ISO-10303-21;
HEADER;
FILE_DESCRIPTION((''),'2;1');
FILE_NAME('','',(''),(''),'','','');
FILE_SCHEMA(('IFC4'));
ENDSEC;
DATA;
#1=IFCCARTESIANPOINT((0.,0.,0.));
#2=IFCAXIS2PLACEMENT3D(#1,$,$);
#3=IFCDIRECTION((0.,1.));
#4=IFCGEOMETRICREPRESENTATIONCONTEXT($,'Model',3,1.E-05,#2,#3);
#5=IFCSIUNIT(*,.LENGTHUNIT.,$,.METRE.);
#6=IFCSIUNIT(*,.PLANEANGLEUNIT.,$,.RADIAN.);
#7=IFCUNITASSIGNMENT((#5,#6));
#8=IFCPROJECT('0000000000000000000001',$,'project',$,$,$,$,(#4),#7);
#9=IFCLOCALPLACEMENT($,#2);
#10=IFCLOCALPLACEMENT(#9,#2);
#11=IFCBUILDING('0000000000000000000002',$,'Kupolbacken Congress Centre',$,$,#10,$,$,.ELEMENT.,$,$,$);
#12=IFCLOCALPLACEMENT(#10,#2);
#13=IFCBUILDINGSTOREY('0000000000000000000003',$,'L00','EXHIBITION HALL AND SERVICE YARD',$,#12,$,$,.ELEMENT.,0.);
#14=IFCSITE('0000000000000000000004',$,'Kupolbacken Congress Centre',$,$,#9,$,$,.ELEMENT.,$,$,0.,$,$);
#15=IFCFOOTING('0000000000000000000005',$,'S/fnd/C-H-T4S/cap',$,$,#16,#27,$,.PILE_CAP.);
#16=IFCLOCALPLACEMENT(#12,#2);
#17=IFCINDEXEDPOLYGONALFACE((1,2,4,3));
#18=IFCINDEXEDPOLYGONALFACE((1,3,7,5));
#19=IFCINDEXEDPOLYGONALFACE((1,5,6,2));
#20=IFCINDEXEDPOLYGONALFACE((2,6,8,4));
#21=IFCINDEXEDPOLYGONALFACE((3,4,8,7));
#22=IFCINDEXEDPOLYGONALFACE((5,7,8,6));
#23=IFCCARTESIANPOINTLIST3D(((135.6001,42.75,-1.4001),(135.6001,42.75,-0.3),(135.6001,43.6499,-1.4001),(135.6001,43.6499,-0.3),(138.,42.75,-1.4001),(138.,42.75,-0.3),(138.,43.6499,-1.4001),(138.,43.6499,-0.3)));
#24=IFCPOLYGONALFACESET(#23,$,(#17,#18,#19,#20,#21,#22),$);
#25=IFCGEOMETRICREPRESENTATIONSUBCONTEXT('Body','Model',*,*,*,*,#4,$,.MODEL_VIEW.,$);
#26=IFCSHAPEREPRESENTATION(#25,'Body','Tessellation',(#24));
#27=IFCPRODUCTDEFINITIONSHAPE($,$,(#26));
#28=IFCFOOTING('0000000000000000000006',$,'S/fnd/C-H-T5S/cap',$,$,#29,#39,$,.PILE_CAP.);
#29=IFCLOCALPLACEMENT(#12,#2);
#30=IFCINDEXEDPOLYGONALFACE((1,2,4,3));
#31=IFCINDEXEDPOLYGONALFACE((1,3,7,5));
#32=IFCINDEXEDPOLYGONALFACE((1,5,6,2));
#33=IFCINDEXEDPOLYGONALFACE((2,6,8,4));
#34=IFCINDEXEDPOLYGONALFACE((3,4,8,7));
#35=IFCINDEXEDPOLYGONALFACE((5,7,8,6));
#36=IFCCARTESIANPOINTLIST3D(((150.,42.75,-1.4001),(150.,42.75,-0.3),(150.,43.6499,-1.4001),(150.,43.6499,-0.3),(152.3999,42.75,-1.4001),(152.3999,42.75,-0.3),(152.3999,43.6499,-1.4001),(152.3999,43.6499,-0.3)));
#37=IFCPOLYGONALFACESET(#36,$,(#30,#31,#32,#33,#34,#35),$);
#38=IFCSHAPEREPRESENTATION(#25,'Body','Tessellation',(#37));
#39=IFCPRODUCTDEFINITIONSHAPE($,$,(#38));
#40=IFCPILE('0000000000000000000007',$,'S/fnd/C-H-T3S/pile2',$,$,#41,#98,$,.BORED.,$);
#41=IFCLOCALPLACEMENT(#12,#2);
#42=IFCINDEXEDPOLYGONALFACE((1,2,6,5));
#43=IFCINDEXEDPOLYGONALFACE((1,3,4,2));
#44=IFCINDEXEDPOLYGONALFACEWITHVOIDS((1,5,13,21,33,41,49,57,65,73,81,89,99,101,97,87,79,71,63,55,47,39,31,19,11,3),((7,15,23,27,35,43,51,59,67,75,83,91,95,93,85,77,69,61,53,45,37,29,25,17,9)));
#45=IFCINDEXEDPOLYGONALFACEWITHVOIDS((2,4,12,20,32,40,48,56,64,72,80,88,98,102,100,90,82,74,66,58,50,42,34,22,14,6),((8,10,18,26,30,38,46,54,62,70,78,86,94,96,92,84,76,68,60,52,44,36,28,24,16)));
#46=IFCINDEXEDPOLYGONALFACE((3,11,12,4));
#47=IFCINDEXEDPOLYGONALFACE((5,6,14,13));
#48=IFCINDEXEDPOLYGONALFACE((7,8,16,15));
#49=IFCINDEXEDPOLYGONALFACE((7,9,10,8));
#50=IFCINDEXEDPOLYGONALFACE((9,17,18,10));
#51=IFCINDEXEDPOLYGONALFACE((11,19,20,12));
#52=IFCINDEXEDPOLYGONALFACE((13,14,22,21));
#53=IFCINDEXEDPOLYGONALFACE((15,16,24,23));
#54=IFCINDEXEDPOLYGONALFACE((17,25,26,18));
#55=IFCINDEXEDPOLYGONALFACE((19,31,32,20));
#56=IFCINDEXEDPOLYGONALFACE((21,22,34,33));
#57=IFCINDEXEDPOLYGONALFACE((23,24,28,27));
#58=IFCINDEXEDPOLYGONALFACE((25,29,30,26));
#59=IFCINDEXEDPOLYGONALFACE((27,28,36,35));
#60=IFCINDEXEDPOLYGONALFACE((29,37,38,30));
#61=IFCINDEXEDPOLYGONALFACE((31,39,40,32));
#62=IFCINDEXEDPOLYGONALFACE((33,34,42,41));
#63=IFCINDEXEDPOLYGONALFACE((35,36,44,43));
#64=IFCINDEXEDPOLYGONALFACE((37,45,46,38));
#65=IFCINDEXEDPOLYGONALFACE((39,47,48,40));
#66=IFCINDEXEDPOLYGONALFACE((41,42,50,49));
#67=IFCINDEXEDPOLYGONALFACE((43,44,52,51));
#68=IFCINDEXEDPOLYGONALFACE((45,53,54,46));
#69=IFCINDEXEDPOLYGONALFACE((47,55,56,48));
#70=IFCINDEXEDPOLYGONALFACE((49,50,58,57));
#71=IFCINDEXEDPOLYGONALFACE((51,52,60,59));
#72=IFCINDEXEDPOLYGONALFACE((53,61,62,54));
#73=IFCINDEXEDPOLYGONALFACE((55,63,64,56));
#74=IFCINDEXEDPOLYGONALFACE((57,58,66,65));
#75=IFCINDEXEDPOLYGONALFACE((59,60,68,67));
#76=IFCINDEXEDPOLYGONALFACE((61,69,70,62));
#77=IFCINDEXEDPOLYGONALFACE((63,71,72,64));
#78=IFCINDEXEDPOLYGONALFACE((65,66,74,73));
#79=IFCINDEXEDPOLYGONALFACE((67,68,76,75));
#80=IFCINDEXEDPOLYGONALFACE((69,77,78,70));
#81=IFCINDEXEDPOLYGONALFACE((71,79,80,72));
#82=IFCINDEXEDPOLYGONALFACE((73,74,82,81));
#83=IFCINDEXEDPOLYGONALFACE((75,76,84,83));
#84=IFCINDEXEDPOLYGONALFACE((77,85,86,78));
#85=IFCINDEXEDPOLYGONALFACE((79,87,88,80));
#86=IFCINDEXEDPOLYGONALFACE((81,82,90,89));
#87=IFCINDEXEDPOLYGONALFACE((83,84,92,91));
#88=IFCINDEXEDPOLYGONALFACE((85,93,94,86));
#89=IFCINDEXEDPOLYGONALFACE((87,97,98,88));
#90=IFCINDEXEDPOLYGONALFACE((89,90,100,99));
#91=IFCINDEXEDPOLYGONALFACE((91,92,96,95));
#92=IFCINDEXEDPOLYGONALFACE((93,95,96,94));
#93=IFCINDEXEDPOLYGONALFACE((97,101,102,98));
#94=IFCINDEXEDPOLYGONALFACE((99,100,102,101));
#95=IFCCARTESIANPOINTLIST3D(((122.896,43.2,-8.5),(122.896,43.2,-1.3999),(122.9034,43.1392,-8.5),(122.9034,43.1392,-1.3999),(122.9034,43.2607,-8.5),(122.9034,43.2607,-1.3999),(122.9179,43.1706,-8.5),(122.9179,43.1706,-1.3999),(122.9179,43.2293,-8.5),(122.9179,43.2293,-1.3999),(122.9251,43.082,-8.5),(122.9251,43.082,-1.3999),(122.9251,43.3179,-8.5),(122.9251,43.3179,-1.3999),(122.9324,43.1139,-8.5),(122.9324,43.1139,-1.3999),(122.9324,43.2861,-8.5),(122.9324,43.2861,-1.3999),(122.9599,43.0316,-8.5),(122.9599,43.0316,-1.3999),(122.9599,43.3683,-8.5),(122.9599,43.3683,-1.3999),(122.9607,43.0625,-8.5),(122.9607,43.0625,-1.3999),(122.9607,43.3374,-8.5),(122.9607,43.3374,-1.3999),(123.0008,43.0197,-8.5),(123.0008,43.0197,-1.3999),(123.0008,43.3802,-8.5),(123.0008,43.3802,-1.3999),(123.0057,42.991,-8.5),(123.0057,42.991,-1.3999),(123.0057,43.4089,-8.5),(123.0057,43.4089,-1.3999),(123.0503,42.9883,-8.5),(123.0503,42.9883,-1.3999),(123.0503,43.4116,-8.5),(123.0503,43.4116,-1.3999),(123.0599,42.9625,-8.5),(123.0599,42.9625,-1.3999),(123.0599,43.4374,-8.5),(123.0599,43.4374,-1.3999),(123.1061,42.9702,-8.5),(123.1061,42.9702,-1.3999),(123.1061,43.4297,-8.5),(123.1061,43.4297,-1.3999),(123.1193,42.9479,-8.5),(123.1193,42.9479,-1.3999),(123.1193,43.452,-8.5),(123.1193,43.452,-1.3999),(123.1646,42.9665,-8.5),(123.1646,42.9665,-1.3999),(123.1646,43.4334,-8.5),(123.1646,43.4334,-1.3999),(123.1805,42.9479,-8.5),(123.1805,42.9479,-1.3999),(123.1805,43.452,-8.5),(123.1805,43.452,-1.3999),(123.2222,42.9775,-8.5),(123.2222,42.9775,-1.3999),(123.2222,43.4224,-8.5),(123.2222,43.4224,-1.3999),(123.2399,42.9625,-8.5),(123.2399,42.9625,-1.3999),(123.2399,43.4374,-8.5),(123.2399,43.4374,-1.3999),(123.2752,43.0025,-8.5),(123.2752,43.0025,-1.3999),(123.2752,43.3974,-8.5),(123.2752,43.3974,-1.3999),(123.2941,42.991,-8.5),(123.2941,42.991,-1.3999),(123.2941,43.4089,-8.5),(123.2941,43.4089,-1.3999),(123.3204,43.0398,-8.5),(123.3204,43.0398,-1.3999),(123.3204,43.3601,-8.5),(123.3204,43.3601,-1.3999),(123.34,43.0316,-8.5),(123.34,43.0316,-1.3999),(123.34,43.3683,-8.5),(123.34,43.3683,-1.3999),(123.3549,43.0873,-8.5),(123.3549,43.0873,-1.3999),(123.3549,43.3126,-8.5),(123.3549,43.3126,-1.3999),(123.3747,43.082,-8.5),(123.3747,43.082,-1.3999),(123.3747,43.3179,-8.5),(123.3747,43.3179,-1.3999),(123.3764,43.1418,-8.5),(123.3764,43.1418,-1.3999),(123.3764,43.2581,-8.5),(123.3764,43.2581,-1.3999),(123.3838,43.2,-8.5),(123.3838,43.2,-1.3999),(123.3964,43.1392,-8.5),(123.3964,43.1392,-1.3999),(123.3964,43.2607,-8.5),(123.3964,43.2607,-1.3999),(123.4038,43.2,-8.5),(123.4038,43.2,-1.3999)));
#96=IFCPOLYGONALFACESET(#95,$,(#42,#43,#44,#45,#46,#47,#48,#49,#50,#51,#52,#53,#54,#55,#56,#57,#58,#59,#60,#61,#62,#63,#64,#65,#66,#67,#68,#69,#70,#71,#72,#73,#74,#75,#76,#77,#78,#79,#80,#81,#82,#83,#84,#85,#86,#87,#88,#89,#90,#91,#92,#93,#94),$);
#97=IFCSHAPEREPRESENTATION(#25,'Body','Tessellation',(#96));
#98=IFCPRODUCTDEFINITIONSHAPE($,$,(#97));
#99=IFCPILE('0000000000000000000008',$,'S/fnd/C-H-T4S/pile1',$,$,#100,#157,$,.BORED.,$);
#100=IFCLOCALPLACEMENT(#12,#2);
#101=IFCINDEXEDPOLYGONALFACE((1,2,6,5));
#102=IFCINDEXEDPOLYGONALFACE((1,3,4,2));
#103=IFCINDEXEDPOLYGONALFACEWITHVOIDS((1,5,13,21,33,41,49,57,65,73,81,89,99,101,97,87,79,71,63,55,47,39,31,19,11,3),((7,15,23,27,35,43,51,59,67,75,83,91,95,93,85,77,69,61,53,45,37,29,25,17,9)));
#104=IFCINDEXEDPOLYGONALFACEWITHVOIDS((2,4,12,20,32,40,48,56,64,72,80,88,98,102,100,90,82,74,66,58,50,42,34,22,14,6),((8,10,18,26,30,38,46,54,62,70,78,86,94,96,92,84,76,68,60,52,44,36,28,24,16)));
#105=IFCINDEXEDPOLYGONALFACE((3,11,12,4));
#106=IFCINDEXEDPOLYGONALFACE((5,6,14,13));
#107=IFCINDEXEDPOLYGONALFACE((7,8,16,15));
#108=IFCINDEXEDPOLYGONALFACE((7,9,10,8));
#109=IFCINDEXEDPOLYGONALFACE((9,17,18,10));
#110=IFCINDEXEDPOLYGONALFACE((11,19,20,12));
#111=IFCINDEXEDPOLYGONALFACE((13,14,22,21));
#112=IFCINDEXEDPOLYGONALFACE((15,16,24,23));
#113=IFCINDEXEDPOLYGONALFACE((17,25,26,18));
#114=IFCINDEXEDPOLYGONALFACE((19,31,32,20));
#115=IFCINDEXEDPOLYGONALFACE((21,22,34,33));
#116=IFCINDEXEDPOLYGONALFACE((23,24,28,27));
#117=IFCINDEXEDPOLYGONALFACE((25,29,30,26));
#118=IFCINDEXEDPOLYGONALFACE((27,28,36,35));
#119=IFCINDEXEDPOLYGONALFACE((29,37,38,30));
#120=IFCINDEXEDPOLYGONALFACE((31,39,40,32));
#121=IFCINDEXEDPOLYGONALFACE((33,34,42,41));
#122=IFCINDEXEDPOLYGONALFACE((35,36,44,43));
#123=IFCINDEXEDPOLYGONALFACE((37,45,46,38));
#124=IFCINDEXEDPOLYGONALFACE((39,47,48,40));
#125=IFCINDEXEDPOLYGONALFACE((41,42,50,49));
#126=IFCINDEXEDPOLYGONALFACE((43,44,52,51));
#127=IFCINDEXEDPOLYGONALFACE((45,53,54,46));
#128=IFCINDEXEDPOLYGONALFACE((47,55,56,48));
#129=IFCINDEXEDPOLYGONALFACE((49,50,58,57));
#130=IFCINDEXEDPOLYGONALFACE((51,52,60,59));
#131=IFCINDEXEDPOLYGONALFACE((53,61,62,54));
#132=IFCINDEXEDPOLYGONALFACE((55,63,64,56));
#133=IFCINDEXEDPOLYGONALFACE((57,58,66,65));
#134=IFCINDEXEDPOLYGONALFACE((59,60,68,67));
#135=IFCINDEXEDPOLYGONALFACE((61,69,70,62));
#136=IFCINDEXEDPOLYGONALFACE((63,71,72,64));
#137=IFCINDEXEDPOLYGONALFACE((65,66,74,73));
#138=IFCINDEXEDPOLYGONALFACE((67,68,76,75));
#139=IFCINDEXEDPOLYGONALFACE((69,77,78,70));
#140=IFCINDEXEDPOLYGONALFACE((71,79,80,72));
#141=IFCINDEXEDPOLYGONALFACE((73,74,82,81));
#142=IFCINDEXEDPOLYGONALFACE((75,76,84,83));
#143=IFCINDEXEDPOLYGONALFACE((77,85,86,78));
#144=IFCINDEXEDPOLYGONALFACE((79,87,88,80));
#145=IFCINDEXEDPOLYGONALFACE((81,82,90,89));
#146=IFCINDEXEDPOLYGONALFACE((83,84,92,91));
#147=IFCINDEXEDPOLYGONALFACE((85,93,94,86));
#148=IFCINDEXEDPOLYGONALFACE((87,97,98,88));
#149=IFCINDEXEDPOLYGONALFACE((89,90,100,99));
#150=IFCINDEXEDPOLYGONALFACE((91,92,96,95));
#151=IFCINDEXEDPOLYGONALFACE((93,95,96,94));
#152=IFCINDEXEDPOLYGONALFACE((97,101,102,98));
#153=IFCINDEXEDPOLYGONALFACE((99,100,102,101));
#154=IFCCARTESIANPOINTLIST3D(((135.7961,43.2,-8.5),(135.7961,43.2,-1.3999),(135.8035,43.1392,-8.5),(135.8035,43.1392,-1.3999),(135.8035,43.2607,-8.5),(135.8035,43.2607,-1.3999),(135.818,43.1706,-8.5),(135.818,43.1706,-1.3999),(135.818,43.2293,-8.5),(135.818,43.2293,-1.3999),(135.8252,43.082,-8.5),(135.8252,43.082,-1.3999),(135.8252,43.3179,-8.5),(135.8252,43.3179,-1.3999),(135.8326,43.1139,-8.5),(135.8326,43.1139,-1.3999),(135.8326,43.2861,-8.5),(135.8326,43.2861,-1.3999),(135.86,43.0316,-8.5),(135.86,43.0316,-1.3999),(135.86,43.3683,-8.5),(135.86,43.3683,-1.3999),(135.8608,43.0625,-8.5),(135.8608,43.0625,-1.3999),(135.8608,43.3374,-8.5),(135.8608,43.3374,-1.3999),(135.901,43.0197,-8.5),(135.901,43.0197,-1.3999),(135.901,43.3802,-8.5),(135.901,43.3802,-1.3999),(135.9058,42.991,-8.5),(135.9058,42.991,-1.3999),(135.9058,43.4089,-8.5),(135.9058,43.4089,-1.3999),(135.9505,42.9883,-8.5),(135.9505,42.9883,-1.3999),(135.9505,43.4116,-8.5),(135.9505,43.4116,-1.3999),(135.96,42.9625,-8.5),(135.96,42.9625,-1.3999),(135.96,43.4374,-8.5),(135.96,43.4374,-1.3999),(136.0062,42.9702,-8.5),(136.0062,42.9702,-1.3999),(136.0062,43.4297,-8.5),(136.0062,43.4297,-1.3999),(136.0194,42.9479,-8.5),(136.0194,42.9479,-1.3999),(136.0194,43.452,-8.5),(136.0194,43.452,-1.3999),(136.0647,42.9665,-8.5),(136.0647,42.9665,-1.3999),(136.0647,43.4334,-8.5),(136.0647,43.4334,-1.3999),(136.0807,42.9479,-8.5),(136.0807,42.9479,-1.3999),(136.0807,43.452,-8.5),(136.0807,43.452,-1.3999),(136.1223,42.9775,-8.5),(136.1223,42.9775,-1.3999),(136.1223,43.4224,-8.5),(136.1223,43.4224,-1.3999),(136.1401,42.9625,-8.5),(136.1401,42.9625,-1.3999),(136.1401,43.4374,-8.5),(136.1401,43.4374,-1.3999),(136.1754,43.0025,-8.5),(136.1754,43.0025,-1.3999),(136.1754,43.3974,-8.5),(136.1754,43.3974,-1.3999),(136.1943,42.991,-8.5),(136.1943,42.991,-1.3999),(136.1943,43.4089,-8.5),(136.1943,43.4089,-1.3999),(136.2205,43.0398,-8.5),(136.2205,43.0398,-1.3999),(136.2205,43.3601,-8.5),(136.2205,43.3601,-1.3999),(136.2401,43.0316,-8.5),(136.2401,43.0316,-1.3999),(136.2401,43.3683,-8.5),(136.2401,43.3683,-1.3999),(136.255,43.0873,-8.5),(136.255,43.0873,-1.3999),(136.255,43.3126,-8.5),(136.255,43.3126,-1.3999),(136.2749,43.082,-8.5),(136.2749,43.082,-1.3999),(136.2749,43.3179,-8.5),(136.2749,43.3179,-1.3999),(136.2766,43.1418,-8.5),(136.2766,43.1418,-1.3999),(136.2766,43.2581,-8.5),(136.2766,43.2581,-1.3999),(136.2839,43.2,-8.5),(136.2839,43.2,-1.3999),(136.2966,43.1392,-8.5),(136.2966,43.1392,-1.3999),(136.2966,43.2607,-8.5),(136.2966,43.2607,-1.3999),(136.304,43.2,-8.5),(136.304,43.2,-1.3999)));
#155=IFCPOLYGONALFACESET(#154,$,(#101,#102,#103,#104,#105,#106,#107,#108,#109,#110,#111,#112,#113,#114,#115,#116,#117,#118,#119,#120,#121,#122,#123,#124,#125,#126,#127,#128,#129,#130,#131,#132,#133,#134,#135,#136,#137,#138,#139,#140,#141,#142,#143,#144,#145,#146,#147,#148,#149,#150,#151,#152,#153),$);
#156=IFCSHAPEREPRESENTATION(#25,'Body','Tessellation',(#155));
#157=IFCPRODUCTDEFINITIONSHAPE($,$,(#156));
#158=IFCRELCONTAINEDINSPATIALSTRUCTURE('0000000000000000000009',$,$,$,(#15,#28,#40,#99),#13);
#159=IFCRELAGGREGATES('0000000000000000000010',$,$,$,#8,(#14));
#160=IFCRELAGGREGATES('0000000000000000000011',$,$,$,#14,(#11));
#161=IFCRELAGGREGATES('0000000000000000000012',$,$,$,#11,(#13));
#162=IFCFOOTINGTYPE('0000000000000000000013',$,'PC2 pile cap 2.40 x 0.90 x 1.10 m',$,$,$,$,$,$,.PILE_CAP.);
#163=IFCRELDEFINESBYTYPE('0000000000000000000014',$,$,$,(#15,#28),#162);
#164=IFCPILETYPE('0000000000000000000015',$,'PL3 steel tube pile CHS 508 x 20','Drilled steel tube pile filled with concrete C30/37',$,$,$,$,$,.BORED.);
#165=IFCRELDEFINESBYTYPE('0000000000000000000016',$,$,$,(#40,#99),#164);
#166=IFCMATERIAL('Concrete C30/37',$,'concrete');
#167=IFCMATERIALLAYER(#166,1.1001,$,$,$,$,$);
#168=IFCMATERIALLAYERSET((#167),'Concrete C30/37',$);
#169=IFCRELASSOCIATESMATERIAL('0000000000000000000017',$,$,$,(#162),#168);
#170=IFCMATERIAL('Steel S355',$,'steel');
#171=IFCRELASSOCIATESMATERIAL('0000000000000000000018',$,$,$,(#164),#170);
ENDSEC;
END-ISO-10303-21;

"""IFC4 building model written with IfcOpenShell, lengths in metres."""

from ifc_helpers import new_model, si_unit, direction, frame, origin, origin_2d, place, context, subcontext, project, spatial, rectangle, hollow_circle, extrude, material, layer, layer_set, material_profile, profile_set, type_object, element, save


model = new_model("IFC4")

# Units and contexts
model_context = context("Model", 3, precision=1e-05, world=origin(), true_north=direction((0.0, 1.0)))
body_context = subcontext(model_context, "Body", "Model", "MODEL_VIEW")
ifc_project = project(units=[si_unit("LENGTHUNIT", "METRE"), si_unit("PLANEANGLEUNIT", "RADIAN")], contexts=[model_context])

# Site, building, storey
site_placement = place(None, origin())
site = spatial("IfcSite", under=ifc_project, at=site_placement, Name="Kupolbacken Congress Centre", CompositionType="ELEMENT", RefElevation=0.0)
building_placement = place(site_placement, origin())
building = spatial("IfcBuilding", under=site, at=building_placement, Name="Kupolbacken Congress Centre", CompositionType="ELEMENT")
storey_placement = place(building_placement, origin())
storey = spatial("IfcBuildingStorey", under=building, at=storey_placement, Name="L00", Description="EXHIBITION HALL AND SERVICE YARD", CompositionType="ELEMENT", Elevation=0.0)

# Footings
ifc_material_1 = material(Name="Concrete C30/37", Category="concrete")
ifc_layer_1 = layer(ifc_material_1, 1.1001)
ifc_layer_set_1 = layer_set([ifc_layer_1], Name="Concrete C30/37")
footing_type = type_object("IfcFootingType", Name="PC2 pile cap 2.40 x 0.90 x 1.10 m", PredefinedType="PILE_CAP", material=ifc_layer_set_1)
for number, where, z_axis, x_axis, name in (
    (1, (136.8, 43.2, -1.4001), (0.0, 0.0, 1.0), (1.0, 0.0, 0.0), "S/fnd/C-H-T4S/cap"),
    (2, (151.2, 43.2, -1.4001), (0.0, 0.0, 1.0), (1.0, 0.0, 0.0), "S/fnd/C-H-T5S/cap"),
):
    element("IfcFooting", number, at=place(storey_placement, frame(where, z_axis=z_axis, x_axis=x_axis)), inside=storey, type_object=footing_type, Name=name, PredefinedType="PILE_CAP", context=body_context, shape_type="SweptSolid", body=[
        extrude(rectangle(XDim=2.3999, YDim=0.8999, at=origin_2d()), origin(), (0.0, 0.0, 1.0), 1.1001),
    ])

# Piles
ifc_material_2 = material(Name="Steel S355", Category="steel")
ifc_material_profile_1 = material_profile(ifc_material_2, hollow_circle(Radius=0.2539, WallThickness=0.02, at=origin_2d()), Name="CHS 508 x 20")
ifc_profile_set_1 = profile_set([ifc_material_profile_1], Name="Steel S355")
pile_type = type_object("IfcPileType", Name="PL3 steel tube pile CHS 508 x 20", Description="Drilled steel tube pile filled with concrete C30/37", PredefinedType="BORED", material=ifc_profile_set_1)
for number, where, z_axis, x_axis, name in (
    (3, (123.1499, 43.2, -1.3999), (0.0, 0.0, -1.0), (1.0, 0.0, 0.0), "S/fnd/C-H-T3S/pile2"),
    (4, (136.05, 43.2, -1.3999), (0.0, 0.0, -1.0), (1.0, 0.0, 0.0), "S/fnd/C-H-T4S/pile1"),
):
    element("IfcPile", number, at=place(storey_placement, frame(where, z_axis=z_axis, x_axis=x_axis)), inside=storey, type_object=pile_type, Name=name, PredefinedType="BORED", context=body_context, shape_type="SweptSolid", body=[
        extrude(hollow_circle(Radius=0.2539, WallThickness=0.02, at=origin_2d()), origin(), (0.0, 0.0, 1.0), 7.1001),
    ])

save(model, "model.ifc")
